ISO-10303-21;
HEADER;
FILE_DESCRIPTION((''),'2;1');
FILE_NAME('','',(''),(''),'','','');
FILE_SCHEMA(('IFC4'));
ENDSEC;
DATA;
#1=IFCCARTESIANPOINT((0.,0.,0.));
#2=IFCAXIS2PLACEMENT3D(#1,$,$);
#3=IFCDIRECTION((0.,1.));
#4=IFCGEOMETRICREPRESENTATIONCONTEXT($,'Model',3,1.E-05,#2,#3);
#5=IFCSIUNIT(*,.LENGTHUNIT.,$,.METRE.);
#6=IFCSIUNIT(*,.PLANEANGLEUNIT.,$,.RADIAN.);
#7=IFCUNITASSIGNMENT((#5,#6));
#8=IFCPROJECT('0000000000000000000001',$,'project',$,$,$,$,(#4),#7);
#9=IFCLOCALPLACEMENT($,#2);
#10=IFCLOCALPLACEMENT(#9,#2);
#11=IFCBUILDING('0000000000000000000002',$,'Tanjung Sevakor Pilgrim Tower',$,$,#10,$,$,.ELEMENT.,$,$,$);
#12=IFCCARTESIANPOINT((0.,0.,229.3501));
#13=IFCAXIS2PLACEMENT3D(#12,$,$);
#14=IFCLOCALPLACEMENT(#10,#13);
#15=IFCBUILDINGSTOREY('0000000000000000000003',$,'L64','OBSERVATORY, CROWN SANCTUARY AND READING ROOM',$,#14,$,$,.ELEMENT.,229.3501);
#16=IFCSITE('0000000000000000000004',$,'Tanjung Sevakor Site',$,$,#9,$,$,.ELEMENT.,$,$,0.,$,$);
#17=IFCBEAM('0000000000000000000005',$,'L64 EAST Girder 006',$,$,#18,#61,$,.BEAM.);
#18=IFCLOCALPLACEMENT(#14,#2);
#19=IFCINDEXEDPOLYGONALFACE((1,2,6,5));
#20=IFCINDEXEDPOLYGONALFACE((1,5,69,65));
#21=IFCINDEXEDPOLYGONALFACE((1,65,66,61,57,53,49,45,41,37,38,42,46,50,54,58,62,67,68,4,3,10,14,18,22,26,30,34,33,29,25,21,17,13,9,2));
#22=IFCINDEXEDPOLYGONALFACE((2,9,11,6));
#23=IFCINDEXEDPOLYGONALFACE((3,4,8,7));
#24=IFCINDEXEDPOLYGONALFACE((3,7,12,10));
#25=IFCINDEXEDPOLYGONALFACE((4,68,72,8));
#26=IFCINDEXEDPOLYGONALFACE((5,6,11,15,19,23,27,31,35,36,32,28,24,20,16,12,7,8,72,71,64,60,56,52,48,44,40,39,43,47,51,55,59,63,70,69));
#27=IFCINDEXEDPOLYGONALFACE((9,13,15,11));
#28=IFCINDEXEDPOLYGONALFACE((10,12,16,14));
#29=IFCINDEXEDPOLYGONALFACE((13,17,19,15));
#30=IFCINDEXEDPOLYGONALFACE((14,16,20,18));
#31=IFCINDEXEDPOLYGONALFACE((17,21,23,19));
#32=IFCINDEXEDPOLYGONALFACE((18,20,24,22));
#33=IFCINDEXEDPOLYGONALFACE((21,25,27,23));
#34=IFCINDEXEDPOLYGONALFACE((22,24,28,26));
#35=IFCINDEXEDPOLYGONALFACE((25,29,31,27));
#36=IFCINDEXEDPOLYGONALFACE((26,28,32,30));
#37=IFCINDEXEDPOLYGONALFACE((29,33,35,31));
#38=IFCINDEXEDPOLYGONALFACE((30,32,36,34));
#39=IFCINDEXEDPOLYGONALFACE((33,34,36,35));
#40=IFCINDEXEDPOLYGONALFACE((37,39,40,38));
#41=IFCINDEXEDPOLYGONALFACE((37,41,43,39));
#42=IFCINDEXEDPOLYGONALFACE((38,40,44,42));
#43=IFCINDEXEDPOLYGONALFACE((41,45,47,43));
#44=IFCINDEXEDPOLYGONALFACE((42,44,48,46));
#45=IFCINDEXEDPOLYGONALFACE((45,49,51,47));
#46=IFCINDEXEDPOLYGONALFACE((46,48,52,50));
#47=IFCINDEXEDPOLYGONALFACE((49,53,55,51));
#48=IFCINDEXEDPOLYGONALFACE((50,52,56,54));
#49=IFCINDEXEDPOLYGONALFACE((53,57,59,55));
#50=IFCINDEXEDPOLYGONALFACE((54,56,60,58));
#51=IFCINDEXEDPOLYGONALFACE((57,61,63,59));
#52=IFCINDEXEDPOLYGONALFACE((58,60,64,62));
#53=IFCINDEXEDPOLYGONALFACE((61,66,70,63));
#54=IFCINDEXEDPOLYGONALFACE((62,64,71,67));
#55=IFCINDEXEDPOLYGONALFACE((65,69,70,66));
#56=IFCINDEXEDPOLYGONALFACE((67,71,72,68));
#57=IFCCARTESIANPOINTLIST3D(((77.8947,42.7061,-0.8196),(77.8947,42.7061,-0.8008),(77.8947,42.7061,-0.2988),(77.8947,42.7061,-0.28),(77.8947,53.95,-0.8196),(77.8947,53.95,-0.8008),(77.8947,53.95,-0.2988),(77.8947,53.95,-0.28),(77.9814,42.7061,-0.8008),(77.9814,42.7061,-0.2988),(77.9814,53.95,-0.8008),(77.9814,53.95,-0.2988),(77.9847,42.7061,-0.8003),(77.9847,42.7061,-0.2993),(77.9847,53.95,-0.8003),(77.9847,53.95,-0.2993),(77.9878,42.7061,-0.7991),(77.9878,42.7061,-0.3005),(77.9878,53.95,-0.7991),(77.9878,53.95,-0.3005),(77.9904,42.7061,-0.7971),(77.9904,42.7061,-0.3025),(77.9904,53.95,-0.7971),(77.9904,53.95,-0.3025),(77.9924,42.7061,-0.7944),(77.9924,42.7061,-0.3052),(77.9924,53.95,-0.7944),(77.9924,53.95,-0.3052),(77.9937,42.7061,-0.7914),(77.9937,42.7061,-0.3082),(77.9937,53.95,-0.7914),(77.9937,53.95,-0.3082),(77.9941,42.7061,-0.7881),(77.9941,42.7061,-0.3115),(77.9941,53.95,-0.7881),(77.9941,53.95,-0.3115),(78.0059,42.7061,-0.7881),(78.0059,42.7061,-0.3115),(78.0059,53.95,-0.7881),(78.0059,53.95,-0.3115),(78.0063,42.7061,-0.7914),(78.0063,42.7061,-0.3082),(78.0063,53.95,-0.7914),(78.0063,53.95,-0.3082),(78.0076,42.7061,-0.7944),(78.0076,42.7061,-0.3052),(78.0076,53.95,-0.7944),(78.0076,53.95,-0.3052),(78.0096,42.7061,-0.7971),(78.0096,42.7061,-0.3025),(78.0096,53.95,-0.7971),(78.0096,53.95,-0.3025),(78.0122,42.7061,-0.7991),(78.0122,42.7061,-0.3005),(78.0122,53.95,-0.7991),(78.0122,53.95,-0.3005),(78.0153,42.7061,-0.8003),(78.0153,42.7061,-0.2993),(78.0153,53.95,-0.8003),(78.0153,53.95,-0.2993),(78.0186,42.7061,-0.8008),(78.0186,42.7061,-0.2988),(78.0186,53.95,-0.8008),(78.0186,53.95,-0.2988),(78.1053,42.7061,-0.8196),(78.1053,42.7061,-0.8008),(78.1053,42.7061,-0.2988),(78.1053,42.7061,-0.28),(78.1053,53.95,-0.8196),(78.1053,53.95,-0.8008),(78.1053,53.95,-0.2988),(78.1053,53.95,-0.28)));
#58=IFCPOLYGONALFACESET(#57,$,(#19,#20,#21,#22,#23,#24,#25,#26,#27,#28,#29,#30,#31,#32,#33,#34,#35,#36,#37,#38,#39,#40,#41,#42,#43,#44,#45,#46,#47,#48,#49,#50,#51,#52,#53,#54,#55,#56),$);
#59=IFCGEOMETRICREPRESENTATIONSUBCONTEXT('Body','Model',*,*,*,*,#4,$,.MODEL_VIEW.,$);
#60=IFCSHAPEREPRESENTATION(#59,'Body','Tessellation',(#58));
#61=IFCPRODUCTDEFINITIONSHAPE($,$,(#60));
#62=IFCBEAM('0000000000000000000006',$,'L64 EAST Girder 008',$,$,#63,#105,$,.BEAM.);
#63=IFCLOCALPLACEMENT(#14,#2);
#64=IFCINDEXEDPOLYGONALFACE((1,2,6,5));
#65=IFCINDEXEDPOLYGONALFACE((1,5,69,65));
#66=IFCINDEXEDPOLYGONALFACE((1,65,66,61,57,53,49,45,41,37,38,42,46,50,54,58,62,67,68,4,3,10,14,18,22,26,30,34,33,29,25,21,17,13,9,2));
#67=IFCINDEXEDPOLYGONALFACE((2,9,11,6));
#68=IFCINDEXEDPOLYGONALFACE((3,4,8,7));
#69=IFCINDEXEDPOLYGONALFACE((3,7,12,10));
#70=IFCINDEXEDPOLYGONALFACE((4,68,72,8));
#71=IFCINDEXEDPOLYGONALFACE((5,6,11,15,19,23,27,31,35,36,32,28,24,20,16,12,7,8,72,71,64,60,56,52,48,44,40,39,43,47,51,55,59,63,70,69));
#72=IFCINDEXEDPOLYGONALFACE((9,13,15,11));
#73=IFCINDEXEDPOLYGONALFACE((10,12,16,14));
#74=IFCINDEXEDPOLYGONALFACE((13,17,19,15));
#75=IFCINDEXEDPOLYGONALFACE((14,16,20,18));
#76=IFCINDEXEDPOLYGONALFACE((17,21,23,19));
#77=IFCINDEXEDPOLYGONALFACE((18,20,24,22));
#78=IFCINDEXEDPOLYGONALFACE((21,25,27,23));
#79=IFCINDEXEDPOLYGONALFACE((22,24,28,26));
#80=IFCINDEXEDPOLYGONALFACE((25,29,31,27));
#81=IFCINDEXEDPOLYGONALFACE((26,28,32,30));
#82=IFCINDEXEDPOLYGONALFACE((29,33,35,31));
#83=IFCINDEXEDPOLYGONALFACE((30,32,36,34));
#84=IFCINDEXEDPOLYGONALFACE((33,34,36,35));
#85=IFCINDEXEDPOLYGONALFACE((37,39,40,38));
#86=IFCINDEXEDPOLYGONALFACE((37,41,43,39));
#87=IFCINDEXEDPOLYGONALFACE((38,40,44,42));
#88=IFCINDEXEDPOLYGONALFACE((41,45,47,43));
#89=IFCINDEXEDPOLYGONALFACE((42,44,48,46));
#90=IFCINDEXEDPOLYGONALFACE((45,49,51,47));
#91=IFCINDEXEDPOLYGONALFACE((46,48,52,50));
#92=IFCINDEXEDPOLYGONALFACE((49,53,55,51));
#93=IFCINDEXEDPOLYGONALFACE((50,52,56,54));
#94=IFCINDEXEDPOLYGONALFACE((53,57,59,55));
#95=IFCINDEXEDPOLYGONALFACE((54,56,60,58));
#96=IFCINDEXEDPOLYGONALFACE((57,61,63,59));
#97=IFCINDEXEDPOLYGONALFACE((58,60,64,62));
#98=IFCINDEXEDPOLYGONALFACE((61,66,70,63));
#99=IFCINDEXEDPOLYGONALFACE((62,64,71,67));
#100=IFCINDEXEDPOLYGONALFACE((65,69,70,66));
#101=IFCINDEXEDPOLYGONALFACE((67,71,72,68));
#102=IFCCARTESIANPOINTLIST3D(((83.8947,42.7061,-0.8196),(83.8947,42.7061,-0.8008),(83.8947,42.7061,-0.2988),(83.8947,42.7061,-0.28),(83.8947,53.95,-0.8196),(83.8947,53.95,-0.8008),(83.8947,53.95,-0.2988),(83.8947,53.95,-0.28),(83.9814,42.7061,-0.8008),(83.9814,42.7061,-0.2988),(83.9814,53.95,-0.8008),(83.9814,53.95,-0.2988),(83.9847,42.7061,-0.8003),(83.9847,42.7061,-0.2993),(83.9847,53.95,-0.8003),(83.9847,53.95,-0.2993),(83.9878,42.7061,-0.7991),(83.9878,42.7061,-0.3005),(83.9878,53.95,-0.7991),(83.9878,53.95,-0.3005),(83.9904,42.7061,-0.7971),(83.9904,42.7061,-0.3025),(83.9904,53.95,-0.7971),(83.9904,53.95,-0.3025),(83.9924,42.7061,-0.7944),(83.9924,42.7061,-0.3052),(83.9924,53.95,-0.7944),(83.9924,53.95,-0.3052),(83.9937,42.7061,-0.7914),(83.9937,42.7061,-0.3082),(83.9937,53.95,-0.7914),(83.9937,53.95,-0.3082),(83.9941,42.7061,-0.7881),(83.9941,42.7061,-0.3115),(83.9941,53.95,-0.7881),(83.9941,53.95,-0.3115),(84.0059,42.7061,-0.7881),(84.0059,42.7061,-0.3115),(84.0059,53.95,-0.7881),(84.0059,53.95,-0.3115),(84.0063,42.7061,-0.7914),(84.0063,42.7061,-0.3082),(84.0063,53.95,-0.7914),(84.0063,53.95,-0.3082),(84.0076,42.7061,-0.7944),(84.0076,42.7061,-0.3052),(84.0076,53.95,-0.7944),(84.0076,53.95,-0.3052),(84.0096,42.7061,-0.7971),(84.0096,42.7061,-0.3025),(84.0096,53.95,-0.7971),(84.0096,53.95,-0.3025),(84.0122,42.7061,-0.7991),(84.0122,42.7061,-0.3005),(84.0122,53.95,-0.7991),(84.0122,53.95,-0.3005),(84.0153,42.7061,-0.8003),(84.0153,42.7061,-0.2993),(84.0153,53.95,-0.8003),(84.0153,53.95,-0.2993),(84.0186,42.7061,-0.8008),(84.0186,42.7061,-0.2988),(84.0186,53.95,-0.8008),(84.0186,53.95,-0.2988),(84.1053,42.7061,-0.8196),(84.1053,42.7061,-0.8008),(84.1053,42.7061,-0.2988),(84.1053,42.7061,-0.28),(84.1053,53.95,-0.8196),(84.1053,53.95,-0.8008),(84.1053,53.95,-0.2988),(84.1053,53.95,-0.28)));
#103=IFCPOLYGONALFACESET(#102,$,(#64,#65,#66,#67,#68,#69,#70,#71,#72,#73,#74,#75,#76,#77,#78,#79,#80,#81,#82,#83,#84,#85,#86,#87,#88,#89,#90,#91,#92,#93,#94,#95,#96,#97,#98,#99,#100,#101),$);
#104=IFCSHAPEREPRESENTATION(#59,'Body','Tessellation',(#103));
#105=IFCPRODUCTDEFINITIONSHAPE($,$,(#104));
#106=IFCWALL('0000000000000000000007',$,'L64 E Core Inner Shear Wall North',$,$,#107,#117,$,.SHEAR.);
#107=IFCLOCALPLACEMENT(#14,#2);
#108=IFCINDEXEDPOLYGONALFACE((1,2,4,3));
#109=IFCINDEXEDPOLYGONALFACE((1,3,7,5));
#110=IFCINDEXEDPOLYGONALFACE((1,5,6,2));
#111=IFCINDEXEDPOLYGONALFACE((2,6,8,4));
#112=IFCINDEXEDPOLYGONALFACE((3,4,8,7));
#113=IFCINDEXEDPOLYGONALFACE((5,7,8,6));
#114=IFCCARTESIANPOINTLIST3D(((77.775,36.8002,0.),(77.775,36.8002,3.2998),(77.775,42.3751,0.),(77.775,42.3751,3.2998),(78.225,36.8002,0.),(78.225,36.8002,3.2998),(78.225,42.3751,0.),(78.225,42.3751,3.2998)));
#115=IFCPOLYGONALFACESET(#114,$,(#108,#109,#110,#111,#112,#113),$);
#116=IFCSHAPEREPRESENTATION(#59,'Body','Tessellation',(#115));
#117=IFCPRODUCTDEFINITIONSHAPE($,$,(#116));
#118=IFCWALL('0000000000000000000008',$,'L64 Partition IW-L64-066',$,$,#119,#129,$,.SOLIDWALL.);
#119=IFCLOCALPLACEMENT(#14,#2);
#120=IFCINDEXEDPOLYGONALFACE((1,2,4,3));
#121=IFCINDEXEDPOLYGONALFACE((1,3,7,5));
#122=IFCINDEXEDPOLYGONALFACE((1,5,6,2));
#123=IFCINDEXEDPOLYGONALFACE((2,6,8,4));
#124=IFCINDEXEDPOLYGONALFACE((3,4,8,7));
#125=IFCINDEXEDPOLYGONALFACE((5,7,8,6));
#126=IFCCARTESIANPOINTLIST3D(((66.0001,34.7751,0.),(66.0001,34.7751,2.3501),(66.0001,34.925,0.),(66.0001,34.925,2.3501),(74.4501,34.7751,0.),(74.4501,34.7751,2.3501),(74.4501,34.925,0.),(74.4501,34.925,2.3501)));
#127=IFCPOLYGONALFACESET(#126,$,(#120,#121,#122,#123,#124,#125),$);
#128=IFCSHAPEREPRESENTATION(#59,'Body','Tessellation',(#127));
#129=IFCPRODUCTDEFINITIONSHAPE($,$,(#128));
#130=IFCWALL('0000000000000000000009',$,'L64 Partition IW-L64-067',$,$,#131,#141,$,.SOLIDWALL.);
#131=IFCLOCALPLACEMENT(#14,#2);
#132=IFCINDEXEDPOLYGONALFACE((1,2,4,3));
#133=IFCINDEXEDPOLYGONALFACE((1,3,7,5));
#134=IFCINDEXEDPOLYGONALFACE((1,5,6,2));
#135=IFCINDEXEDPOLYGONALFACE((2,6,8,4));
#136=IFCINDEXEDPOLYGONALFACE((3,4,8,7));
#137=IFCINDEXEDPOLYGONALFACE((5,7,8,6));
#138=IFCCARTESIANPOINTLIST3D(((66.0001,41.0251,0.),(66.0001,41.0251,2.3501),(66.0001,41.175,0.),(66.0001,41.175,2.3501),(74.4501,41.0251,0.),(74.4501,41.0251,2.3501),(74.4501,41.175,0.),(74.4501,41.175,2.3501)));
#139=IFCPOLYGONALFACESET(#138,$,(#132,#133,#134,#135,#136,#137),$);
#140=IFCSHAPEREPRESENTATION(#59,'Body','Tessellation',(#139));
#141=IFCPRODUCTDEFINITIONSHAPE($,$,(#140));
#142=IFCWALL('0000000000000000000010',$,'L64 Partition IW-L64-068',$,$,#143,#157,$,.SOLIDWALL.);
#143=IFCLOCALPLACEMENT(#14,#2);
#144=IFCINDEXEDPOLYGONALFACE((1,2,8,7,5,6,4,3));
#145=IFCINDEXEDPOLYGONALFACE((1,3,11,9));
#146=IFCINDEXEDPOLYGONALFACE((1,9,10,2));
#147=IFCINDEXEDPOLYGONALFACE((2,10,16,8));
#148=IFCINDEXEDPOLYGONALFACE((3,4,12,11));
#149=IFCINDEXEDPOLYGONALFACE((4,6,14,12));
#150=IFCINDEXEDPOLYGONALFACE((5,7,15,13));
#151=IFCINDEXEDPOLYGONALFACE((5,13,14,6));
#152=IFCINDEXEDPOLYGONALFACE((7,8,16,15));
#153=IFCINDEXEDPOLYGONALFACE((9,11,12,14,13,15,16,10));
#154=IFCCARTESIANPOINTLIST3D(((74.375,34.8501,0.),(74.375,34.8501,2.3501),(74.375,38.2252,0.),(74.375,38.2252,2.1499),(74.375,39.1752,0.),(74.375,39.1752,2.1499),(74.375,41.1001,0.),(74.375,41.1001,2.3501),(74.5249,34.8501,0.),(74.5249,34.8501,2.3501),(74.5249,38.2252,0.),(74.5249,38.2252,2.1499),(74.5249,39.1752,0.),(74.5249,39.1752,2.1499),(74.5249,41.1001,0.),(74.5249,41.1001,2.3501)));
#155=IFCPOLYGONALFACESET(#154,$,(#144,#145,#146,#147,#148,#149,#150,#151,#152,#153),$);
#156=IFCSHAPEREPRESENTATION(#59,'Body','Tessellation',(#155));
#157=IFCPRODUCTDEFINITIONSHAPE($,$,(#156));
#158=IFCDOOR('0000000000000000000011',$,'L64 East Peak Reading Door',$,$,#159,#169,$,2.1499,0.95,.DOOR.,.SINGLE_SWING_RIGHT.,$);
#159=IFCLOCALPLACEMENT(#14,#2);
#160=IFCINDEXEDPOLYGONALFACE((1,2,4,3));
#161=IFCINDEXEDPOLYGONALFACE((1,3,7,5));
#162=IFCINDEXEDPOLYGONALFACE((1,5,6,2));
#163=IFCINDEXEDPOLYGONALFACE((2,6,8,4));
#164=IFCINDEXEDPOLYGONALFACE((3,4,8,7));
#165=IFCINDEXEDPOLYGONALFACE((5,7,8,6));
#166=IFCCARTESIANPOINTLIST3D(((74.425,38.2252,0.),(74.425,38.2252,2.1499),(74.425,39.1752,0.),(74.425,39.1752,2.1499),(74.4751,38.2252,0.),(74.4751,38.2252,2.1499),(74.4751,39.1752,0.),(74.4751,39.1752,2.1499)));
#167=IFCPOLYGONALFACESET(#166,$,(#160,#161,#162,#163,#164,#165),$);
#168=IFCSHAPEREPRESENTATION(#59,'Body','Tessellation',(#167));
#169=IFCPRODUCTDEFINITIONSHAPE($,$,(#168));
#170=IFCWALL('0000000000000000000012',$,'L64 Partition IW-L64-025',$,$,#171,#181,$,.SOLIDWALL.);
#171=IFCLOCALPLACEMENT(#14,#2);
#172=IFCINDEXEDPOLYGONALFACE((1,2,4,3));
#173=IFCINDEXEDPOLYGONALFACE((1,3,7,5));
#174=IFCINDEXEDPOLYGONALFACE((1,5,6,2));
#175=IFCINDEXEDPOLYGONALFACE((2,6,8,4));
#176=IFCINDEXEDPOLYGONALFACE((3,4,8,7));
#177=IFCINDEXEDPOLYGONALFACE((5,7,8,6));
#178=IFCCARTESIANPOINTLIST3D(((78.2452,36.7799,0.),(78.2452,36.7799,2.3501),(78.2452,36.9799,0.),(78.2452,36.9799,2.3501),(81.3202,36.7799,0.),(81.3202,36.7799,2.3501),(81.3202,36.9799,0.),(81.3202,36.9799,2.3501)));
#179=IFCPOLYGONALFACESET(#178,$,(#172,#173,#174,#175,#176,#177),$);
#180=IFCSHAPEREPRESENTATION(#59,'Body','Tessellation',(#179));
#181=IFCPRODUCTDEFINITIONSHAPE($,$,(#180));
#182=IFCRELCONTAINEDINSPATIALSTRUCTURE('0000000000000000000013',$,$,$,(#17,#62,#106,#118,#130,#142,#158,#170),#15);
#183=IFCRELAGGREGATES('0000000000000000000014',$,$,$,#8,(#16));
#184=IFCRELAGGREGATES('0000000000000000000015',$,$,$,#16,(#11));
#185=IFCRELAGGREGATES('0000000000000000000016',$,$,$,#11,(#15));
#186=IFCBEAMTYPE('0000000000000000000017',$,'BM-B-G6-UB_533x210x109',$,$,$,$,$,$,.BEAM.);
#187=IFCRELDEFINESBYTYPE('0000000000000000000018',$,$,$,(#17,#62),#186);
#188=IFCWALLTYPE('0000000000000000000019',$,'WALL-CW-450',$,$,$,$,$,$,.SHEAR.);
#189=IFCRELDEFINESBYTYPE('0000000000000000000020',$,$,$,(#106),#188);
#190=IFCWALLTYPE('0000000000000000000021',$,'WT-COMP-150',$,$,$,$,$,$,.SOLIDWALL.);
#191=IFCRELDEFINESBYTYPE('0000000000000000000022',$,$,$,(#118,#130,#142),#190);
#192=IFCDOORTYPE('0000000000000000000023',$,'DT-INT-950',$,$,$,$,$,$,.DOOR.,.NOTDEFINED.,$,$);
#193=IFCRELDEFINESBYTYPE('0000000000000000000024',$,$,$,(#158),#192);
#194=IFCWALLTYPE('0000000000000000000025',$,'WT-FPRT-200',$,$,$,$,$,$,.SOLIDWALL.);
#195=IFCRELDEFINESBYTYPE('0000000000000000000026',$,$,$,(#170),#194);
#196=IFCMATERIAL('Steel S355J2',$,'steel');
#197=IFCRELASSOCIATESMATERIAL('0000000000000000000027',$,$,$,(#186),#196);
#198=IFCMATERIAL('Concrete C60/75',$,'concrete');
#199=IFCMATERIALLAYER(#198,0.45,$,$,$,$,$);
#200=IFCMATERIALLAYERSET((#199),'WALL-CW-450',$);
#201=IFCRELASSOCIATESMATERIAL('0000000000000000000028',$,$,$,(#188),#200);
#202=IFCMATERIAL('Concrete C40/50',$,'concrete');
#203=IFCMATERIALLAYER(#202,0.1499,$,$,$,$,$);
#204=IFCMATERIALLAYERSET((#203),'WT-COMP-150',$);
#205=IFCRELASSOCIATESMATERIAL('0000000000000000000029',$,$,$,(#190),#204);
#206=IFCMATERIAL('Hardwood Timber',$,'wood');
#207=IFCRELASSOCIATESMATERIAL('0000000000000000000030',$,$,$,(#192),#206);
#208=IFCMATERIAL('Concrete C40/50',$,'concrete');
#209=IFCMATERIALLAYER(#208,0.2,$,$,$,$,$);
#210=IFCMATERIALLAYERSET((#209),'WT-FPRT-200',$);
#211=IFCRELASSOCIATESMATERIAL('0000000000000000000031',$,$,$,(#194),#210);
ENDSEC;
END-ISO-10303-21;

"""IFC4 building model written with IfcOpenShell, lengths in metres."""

from ifc_helpers import new_model, si_unit, direction, frame, frame_2d, origin, origin_2d, place, context, subcontext, project, spatial, rectangle, i_section, extrude, material, layer, layer_set, material_profile, profile_set, type_object, element, fill, save


model = new_model("IFC4")

# Units and contexts
model_context = context("Model", 3, precision=1e-05, world=origin(), true_north=direction((0.0, 1.0)))
body_context = subcontext(model_context, "Body", "Model", "MODEL_VIEW")
ifc_project = project(units=[si_unit("LENGTHUNIT", "METRE"), si_unit("PLANEANGLEUNIT", "RADIAN")], contexts=[model_context])

# Site, building, storey
site_placement = place(None, origin())
site = spatial("IfcSite", under=ifc_project, at=site_placement, Name="Tanjung Sevakor Site", CompositionType="ELEMENT", RefElevation=0.0)
building_placement = place(site_placement, origin())
building = spatial("IfcBuilding", under=site, at=building_placement, Name="Tanjung Sevakor Pilgrim Tower", CompositionType="ELEMENT")
storey_placement = place(building_placement, frame((0.0, 0.0, 229.3501)))
storey = spatial("IfcBuildingStorey", under=building, at=storey_placement, Name="L64", Description="OBSERVATORY, CROWN SANCTUARY AND READING ROOM", CompositionType="ELEMENT", Elevation=229.3501)

# Beams
ifc_material_1 = material(Name="Steel S355J2", Category="steel")
ifc_material_profile_1 = material_profile(ifc_material_1, i_section(OverallWidth=0.2107, OverallDepth=0.5396, WebThickness=0.0117, FlangeThickness=0.0188, FilletRadius=0.0127, at=origin_2d()))
ifc_profile_set_1 = profile_set([ifc_material_profile_1], Name="Steel S355J2")
beam_type_1 = type_object("IfcBeamType", Name="BM-B-G6-UB_533x210x109", PredefinedType="BEAM", material=ifc_profile_set_1)
for number, where, z_axis, x_axis, name in (
    (1, (78.0, 42.7061, -0.5498), (0.0, 1.0, 0.0), (-1.0, 0.0, 0.0), "L64 EAST Girder 006"),
    (2, (84.0, 42.7061, -0.5498), (0.0, 1.0, 0.0), (-1.0, 0.0, 0.0), "L64 EAST Girder 008"),
):
    element("IfcBeam", number, at=place(storey_placement, frame(where, z_axis=z_axis, x_axis=x_axis)), inside=storey, type_object=beam_type_1, Name=name, PredefinedType="BEAM", context=body_context, shape_type="SweptSolid", body=[
        extrude(i_section(OverallWidth=0.2107, OverallDepth=0.5396, WebThickness=0.0117, FlangeThickness=0.0188, FilletRadius=0.0127, at=origin_2d()), origin(), (0.0, 0.0, 1.0), 11.2439),
    ])

# Wall
ifc_material_2 = material(Name="Concrete C60/75", Category="concrete")
ifc_layer_1 = layer(ifc_material_2, 0.45)
ifc_layer_set_1 = layer_set([ifc_layer_1], Name="WALL-CW-450")
wall_type_1 = type_object("IfcWallType", Name="WALL-CW-450", PredefinedType="SHEAR", material=ifc_layer_set_1)
wall_1_placement = place(storey_placement, frame((78.0, 36.8, 0.0), z_axis=(0.0, 0.0, 1.0), x_axis=(0.0, 1.0, 0.0)))
element("IfcWall", 3, at=wall_1_placement, inside=storey, type_object=wall_type_1, Name="L64 E Core Inner Shear Wall North", PredefinedType="SHEAR", context=body_context, shape_type="SweptSolid", body=[
    extrude(rectangle(XDim=5.575, YDim=0.45, at=frame_2d((2.7876, 0.0))), origin(), (0.0, 0.0, 1.0), 3.2998),
])
ifc_material_3 = material(Name="Concrete C40/50", Category="concrete")
ifc_layer_2 = layer(ifc_material_3, 0.1499)
ifc_layer_set_2 = layer_set([ifc_layer_2], Name="WT-COMP-150")
wall_type_2 = type_object("IfcWallType", Name="WT-COMP-150", PredefinedType="SOLIDWALL", material=ifc_layer_set_2)

# Walls
for number, where, z_axis, x_axis, name in (
    (4, (66.0, 34.8501, 0.0), (0.0, 0.0, 1.0), (1.0, 0.0, 0.0), "L64 Partition IW-L64-066"),
    (5, (66.0, 41.1001, 0.0), (0.0, 0.0, 1.0), (1.0, 0.0, 0.0), "L64 Partition IW-L64-067"),
):
    element("IfcWall", number, at=place(storey_placement, frame(where, z_axis=z_axis, x_axis=x_axis)), inside=storey, type_object=wall_type_2, Name=name, PredefinedType="SOLIDWALL", context=body_context, shape_type="SweptSolid", body=[
        extrude(rectangle(XDim=8.45, YDim=0.1499, at=frame_2d((4.2251, 0.0))), origin(), (0.0, 0.0, 1.0), 2.3501),
    ])

# Wall, opening, door
wall_2_placement = place(storey_placement, frame((74.45, 34.8501, 0.0), z_axis=(0.0, 0.0, 1.0), x_axis=(0.0, 1.0, 0.0)))
wall_2 = element("IfcWall", 6, at=wall_2_placement, inside=storey, type_object=wall_type_2, Name="L64 Partition IW-L64-068", PredefinedType="SOLIDWALL", context=body_context, shape_type="SweptSolid", body=[
    extrude(rectangle(XDim=6.25, YDim=0.1499, at=frame_2d((3.125, 0.0))), origin(), (0.0, 0.0, 1.0), 2.3501),
])
opening_1_placement = place(wall_2_placement, frame((3.375, 0.0, 0.0)))
opening_1 = element("IfcOpeningElement", 7, at=opening_1_placement, cuts=wall_2, PredefinedType="OPENING", context=body_context, shape_type="SweptSolid", body=[
    extrude(rectangle(XDim=0.95, YDim=2.1499, at=frame_2d((0.4751, 1.075))), frame((0.0, 0.085, 0.0), z_axis=(0.0, -1.0, 0.0), x_axis=(1.0, 0.0, 0.0)), (0.0, 0.0, 1.0), 0.1699),
])
ifc_material_4 = material(Name="Hardwood Timber", Category="wood")
door_type_1 = type_object("IfcDoorType", Name="DT-INT-950", OperationType="NOTDEFINED", PredefinedType="DOOR", material=ifc_material_4)
door_1_placement = place(opening_1_placement, origin())
door_1 = element("IfcDoor", 8, at=door_1_placement, inside=storey, type_object=door_type_1, Name="L64 East Peak Reading Door", OperationType="SINGLE_SWING_RIGHT", OverallHeight=2.1499, OverallWidth=0.95, PredefinedType="DOOR", context=body_context, shape_type="SweptSolid", body=[
    extrude(rectangle(XDim=0.95, YDim=2.1499, at=frame_2d((0.4751, 1.075))), frame((0.0, 0.0249, 0.0), z_axis=(0.0, -1.0, 0.0), x_axis=(1.0, 0.0, 0.0)), (0.0, 0.0, 1.0), 0.05),
])
fill(opening_1, door_1)

# Wall
ifc_material_5 = material(Name="Concrete C40/50", Category="concrete")
ifc_layer_3 = layer(ifc_material_5, 0.2)
ifc_layer_set_3 = layer_set([ifc_layer_3], Name="WT-FPRT-200")
wall_type_3 = type_object("IfcWallType", Name="WT-FPRT-200", PredefinedType="SOLIDWALL", material=ifc_layer_set_3)
wall_3_placement = place(storey_placement, frame((78.2451, 36.8799, 0.0), z_axis=(0.0, 0.0, 1.0), x_axis=(1.0, 0.0, 0.0)))
element("IfcWall", 9, at=wall_3_placement, inside=storey, type_object=wall_type_3, Name="L64 Partition IW-L64-025", PredefinedType="SOLIDWALL", context=body_context, shape_type="SweptSolid", body=[
    extrude(rectangle(XDim=3.075, YDim=0.2, at=frame_2d((1.5376, 0.0))), origin(), (0.0, 0.0, 1.0), 2.3501),
])

save(model, "model.ifc")
